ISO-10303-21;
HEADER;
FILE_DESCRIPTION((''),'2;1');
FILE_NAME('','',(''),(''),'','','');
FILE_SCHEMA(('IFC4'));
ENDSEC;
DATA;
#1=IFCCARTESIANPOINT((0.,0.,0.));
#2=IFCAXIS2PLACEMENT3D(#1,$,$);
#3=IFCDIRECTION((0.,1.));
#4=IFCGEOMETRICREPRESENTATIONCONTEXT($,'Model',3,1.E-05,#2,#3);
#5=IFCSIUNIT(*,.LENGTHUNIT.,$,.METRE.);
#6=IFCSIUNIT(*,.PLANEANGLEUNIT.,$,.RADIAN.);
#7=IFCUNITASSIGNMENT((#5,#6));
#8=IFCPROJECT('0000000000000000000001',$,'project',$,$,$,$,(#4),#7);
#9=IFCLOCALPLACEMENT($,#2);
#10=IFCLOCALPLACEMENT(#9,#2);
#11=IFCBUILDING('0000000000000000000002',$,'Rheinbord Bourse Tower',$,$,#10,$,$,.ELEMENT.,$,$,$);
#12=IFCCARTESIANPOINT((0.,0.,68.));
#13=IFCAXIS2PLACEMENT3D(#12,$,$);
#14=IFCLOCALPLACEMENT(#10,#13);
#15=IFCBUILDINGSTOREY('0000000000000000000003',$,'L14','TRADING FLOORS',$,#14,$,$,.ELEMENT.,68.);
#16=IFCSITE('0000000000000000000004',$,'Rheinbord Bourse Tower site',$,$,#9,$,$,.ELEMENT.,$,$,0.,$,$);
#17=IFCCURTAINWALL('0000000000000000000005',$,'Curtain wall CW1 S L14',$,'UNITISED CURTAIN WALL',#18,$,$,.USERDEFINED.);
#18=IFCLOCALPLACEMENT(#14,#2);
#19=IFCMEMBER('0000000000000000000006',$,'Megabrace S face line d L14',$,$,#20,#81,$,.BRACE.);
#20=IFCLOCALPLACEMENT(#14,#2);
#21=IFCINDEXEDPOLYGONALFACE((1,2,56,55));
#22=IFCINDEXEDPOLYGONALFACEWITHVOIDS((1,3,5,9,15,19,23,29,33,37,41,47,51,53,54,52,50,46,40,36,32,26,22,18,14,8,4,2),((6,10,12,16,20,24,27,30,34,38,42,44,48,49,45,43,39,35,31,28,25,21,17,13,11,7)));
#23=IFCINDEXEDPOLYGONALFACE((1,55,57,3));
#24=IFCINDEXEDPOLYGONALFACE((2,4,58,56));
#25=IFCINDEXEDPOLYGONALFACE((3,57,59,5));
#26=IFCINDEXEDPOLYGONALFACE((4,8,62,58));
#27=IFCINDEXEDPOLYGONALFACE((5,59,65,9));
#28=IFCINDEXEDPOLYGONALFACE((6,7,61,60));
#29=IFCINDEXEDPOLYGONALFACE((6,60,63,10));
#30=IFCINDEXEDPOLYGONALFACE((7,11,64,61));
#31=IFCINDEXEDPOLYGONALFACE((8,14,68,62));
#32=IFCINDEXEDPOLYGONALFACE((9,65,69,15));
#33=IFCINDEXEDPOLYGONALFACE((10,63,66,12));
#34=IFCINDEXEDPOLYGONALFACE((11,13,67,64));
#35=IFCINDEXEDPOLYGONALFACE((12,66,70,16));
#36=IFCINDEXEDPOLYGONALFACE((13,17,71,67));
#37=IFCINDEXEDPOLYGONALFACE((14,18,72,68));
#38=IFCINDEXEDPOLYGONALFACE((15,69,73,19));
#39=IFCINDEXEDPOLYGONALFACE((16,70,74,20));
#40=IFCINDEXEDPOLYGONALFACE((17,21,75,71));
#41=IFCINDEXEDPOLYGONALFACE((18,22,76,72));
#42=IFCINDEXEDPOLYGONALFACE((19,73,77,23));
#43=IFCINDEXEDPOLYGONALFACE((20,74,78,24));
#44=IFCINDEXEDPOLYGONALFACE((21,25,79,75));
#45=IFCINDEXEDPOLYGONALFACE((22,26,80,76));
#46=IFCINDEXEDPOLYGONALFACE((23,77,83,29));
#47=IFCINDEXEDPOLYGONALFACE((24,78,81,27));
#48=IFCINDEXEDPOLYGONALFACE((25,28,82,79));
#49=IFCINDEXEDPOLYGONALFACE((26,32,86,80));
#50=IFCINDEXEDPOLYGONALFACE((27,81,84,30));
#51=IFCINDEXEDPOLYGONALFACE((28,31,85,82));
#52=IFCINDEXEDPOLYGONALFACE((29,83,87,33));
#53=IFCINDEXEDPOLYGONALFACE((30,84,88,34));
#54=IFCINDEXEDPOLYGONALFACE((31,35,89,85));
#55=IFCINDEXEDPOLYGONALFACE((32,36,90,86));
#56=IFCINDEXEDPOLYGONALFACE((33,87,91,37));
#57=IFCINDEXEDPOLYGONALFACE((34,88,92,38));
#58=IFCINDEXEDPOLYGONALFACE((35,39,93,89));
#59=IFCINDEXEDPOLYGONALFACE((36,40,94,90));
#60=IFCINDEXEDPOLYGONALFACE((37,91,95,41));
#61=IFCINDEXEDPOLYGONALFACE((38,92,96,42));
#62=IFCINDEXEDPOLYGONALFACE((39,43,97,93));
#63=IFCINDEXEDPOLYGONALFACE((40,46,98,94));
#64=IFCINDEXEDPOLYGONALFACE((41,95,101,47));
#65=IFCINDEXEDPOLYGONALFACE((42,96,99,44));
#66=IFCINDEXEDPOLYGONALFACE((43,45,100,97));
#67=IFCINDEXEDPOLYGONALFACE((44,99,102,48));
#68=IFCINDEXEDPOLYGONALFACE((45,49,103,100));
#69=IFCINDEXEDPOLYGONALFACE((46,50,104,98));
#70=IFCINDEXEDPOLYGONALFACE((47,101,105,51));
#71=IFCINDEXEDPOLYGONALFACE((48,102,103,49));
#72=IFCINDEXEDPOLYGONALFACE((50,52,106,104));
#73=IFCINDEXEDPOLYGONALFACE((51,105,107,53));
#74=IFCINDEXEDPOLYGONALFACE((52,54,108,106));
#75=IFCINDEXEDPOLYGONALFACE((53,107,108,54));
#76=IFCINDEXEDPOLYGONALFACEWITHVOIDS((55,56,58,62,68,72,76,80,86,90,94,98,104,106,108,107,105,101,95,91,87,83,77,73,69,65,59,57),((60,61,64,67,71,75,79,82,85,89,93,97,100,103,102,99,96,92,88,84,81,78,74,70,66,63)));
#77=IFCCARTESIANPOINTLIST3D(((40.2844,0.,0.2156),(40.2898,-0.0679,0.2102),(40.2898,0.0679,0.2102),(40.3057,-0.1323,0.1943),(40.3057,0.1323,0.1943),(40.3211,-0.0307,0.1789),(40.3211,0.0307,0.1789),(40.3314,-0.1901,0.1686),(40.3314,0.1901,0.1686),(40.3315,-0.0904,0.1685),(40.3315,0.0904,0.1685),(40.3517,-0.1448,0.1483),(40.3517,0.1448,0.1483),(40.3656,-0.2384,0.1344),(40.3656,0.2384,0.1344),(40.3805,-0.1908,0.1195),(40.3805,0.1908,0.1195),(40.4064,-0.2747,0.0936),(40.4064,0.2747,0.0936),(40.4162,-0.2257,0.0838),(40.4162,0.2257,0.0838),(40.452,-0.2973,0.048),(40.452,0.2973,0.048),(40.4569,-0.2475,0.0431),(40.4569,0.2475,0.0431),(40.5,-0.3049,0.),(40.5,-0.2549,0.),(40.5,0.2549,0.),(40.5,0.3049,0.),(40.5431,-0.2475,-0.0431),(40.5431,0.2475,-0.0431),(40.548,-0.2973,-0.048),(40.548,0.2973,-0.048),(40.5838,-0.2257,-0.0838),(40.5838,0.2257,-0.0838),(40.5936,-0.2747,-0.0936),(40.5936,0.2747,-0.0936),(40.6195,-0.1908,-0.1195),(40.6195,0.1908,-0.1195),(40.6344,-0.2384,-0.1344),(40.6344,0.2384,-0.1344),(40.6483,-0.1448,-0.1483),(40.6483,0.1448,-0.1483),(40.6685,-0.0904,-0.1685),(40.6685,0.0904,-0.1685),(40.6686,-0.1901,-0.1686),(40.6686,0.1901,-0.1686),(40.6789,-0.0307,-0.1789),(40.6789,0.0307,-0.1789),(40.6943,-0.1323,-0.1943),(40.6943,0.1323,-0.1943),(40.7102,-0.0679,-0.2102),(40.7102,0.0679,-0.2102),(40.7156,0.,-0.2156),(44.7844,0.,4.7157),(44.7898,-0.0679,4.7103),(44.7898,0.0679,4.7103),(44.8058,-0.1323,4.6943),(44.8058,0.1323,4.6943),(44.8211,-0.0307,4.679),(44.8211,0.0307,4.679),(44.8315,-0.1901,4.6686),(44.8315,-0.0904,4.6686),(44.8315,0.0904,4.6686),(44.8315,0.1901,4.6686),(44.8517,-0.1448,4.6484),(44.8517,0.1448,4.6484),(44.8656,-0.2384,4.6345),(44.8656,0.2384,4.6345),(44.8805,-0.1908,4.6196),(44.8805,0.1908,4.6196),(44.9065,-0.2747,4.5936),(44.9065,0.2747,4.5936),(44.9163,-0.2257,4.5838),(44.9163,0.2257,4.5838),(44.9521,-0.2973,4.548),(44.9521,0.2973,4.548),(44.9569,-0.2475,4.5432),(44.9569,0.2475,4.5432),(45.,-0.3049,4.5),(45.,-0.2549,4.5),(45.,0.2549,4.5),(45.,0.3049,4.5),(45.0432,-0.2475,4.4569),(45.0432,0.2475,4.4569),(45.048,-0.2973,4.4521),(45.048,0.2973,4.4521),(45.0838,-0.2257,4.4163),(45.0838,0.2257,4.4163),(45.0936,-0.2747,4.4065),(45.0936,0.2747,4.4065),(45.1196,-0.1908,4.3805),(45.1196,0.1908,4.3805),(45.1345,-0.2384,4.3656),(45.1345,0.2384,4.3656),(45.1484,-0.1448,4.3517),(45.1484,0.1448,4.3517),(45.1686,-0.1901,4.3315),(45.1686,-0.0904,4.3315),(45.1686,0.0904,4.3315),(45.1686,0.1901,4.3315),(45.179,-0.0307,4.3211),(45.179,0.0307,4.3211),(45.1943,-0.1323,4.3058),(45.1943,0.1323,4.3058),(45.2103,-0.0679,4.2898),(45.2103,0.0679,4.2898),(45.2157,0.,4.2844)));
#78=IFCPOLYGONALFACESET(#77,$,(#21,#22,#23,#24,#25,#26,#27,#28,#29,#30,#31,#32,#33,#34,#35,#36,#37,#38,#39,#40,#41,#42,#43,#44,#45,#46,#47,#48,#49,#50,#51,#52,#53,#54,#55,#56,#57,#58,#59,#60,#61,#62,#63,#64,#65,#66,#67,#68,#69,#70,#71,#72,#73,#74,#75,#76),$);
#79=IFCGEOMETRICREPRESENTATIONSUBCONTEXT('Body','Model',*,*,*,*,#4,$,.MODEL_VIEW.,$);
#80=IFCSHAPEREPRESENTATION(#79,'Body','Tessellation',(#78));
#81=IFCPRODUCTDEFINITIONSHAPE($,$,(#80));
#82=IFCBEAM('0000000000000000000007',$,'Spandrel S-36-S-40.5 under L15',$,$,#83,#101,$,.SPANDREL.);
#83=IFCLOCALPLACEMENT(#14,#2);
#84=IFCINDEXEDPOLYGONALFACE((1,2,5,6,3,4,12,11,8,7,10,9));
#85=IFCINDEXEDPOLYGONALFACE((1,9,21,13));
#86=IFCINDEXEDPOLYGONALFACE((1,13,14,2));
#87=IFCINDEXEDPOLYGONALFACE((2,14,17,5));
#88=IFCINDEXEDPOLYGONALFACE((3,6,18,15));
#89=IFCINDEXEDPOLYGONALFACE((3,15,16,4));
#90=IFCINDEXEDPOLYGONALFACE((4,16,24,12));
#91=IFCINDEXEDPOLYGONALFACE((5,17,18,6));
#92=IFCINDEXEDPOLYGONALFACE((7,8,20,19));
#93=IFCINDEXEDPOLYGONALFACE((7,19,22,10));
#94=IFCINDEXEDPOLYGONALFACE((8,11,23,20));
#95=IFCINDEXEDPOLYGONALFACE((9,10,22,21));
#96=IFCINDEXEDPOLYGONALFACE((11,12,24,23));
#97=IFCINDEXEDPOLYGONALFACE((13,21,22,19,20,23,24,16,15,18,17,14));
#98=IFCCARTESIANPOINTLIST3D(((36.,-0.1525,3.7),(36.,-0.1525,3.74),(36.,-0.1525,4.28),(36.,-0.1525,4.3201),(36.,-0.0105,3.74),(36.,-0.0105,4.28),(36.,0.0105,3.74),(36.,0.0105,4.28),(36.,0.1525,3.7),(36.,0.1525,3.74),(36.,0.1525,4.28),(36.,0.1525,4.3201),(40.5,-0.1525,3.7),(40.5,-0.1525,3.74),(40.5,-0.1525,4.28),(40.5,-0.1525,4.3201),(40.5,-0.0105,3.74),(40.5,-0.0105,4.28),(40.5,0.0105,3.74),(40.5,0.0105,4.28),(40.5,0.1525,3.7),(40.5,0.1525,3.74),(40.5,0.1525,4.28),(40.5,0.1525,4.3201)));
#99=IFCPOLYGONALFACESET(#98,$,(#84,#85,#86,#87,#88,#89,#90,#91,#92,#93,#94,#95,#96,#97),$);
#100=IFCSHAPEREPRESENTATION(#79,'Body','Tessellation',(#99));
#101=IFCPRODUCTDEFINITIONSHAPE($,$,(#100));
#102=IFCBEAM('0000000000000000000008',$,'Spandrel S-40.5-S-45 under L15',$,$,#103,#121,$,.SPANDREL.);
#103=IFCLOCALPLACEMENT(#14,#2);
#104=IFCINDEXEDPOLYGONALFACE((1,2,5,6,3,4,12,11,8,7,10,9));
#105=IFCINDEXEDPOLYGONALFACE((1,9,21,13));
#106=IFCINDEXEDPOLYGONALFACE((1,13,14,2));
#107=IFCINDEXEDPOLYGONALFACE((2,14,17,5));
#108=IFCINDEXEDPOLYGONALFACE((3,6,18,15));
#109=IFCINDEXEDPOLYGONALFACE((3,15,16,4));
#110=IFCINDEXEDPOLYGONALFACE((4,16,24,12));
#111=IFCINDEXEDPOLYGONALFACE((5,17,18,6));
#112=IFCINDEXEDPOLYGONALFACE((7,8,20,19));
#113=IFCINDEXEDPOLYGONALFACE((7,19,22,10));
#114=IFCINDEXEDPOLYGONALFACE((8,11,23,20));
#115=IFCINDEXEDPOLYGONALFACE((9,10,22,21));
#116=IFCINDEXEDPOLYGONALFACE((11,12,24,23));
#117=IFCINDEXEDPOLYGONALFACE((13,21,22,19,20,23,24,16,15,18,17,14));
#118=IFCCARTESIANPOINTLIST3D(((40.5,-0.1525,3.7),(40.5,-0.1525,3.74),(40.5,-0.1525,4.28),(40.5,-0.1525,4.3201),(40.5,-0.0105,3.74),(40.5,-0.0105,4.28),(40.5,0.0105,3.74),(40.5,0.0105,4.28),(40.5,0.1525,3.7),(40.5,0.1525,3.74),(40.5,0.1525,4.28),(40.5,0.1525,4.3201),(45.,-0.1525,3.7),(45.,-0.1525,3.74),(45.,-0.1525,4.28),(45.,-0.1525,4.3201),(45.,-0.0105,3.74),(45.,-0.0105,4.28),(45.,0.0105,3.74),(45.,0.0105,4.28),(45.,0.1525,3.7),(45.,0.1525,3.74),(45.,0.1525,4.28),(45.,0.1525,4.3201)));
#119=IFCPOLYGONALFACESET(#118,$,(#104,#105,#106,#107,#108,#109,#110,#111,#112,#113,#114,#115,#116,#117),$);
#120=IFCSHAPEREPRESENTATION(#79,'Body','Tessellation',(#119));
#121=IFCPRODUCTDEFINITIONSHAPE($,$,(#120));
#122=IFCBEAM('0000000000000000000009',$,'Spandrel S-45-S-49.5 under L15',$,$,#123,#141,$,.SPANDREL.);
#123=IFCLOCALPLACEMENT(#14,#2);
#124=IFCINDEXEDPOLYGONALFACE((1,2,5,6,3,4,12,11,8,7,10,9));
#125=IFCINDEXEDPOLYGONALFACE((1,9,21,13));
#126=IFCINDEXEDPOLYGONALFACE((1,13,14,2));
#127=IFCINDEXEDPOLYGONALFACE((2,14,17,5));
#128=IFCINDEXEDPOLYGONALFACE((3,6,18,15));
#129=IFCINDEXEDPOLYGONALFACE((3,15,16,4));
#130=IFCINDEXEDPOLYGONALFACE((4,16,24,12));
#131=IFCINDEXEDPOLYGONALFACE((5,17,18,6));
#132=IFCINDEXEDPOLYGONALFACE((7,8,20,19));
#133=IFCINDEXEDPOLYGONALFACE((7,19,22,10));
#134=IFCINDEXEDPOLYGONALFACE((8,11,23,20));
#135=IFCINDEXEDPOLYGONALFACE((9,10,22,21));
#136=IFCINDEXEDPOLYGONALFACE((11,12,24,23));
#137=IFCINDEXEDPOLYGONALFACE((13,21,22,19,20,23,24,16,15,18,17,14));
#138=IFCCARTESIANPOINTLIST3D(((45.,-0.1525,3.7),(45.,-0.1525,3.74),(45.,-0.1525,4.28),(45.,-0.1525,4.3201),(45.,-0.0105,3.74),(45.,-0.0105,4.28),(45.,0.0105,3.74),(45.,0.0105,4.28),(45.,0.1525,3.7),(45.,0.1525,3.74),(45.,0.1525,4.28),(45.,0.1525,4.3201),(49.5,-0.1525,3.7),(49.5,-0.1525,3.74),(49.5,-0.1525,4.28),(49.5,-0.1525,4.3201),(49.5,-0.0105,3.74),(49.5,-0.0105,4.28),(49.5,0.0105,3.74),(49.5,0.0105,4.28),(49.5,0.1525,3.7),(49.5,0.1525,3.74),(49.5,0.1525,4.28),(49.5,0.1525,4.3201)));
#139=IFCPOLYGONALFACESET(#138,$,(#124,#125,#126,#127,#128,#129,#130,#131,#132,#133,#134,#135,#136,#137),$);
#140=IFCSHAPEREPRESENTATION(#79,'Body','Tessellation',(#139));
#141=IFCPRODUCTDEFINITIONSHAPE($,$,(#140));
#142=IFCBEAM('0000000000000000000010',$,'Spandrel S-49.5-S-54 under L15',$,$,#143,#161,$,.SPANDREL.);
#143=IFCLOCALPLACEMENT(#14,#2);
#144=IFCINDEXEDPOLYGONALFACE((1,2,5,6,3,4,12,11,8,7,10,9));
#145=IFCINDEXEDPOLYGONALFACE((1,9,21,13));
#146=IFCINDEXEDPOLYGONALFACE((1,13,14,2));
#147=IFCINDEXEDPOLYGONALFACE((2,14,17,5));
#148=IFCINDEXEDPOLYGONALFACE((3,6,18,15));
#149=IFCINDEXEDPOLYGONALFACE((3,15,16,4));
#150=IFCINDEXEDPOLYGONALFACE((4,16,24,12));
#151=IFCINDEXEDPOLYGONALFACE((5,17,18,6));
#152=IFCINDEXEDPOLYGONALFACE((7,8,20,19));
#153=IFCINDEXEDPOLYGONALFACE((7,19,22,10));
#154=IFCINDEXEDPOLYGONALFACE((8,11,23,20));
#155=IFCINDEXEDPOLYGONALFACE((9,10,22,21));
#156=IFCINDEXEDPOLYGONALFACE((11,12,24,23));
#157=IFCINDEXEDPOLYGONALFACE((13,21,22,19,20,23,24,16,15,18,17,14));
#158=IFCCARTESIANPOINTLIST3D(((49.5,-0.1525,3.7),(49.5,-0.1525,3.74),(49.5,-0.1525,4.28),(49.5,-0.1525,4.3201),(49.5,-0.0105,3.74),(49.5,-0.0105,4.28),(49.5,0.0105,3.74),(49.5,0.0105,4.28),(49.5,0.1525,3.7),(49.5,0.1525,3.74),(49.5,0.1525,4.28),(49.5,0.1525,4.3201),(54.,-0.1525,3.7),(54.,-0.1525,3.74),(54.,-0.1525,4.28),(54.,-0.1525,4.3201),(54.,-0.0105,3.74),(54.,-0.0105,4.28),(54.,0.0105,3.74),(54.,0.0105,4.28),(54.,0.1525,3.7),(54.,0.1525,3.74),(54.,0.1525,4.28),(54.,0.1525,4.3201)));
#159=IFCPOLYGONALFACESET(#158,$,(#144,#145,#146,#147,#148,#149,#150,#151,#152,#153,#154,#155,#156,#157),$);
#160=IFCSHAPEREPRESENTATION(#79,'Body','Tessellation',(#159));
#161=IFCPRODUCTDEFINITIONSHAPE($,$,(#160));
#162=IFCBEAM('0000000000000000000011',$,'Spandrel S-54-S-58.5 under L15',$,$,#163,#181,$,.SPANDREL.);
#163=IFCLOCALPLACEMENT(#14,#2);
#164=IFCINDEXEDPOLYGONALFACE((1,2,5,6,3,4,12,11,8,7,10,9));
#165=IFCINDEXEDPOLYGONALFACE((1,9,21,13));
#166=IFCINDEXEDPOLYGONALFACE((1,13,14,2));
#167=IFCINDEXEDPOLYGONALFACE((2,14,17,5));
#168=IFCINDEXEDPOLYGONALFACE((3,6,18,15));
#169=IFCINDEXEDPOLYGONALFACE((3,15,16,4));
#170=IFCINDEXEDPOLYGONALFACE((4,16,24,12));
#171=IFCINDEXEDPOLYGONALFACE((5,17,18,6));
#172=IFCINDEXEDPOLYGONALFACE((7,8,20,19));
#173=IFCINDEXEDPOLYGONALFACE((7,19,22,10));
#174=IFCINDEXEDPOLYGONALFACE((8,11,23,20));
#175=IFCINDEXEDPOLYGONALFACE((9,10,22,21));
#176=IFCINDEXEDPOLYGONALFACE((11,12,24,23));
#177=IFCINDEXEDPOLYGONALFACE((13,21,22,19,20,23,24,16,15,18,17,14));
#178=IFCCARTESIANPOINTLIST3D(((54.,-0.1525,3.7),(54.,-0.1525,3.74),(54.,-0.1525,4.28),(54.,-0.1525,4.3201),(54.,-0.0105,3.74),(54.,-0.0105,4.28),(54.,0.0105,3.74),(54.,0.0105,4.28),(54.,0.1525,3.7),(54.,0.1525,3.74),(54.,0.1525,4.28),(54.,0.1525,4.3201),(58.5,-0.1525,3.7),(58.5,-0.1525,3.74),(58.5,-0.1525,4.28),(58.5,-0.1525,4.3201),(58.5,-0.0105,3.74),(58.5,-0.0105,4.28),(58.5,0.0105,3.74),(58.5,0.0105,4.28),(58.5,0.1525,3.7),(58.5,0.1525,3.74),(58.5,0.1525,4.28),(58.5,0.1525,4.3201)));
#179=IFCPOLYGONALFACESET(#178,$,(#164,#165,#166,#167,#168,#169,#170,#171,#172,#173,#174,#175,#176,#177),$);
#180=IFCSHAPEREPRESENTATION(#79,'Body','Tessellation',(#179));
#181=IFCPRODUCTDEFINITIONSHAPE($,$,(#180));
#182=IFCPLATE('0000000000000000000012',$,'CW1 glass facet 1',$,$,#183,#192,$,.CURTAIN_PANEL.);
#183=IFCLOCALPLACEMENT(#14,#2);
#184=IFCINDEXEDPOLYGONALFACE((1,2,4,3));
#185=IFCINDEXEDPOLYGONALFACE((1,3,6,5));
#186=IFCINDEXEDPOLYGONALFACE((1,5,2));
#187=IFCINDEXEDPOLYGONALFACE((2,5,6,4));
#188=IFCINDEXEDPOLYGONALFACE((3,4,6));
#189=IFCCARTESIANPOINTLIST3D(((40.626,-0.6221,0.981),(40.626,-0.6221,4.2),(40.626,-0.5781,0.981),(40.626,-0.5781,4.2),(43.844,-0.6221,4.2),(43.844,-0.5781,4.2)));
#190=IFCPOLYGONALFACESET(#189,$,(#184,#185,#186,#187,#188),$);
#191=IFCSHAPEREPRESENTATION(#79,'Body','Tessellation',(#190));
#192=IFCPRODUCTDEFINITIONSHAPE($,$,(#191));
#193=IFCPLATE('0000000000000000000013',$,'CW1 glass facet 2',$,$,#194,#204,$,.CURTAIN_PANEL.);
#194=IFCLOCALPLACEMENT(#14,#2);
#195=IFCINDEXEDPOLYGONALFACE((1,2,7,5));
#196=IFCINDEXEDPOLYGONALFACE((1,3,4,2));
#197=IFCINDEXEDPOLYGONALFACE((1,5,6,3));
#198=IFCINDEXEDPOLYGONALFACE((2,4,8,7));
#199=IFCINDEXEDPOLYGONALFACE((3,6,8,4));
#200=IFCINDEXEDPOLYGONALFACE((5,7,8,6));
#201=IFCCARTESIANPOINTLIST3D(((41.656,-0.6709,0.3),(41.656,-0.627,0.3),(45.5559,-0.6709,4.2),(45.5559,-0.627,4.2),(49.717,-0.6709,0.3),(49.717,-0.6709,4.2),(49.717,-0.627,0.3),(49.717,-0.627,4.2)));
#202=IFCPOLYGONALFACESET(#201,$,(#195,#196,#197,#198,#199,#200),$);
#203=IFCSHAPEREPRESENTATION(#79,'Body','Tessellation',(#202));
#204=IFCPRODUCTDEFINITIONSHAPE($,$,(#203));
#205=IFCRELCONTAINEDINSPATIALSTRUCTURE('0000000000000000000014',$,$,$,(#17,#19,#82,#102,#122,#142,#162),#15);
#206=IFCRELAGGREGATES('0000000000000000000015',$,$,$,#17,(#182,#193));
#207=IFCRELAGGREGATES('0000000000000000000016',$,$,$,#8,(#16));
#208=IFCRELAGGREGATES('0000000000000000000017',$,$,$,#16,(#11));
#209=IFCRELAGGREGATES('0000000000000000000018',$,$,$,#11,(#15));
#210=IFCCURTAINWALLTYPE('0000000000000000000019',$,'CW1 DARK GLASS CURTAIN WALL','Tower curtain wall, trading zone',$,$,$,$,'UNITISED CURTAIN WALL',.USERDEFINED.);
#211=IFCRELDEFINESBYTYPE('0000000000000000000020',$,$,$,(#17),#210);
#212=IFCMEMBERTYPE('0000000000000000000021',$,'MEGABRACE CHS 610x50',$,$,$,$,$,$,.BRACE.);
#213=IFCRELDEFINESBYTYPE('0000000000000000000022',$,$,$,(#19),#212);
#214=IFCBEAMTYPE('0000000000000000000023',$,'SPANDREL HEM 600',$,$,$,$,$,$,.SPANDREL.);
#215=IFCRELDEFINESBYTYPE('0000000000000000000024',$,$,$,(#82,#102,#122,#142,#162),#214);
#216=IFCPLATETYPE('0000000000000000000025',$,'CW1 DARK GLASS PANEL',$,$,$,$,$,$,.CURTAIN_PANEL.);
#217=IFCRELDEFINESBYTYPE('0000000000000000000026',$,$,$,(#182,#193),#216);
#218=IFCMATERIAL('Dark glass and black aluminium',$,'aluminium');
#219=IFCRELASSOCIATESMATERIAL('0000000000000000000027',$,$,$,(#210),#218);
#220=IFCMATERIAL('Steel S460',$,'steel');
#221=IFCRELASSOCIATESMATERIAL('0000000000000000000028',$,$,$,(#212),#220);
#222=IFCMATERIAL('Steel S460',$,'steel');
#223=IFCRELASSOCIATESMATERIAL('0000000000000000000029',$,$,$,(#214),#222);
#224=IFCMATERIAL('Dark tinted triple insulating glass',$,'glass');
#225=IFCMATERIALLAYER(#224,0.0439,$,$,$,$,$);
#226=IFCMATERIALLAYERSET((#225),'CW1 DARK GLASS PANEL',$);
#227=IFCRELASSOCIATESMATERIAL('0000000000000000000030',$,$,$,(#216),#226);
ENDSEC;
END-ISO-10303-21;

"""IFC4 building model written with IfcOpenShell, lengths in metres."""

from ifc_helpers import new_model, si_unit, direction, frame, origin, origin_2d, place, context, subcontext, project, spatial, polyline, hollow_circle, i_section, outline, extrude, material, layer, layer_set, material_profile, profile_set, type_object, element, aggregate, save


model = new_model("IFC4")

# Units and contexts
model_context = context("Model", 3, precision=1e-05, world=origin(), true_north=direction((0.0, 1.0)))
body_context = subcontext(model_context, "Body", "Model", "MODEL_VIEW")
ifc_project = project(units=[si_unit("LENGTHUNIT", "METRE"), si_unit("PLANEANGLEUNIT", "RADIAN")], contexts=[model_context])

# Site, building, storey
site_placement = place(None, origin())
site = spatial("IfcSite", under=ifc_project, at=site_placement, Name="Rheinbord Bourse Tower site", CompositionType="ELEMENT", RefElevation=0.0)
building_placement = place(site_placement, origin())
building = spatial("IfcBuilding", under=site, at=building_placement, Name="Rheinbord Bourse Tower", CompositionType="ELEMENT")
storey_placement = place(building_placement, frame((0.0, 0.0, 68.0)))
storey = spatial("IfcBuildingStorey", under=building, at=storey_placement, Name="L14", Description="TRADING FLOORS", CompositionType="ELEMENT", Elevation=68.0)

# Curtain wall
ifc_material_1 = material(Name="Dark glass and black aluminium", Category="aluminium")
curtain_wall_type = type_object("IfcCurtainWallType", Name="CW1 DARK GLASS CURTAIN WALL", Description="Tower curtain wall, trading zone", ElementType="UNITISED CURTAIN WALL", PredefinedType="USERDEFINED", material=ifc_material_1)
curtain_wall_placement = place(storey_placement, origin())
curtain_wall = element("IfcCurtainWall", 1, at=curtain_wall_placement, inside=storey, type_object=curtain_wall_type, Name="Curtain wall CW1 S L14", ObjectType="UNITISED CURTAIN WALL", PredefinedType="USERDEFINED")

# Member
ifc_material_2 = material(Name="Steel S460", Category="steel")
ifc_material_profile_1 = material_profile(ifc_material_2, hollow_circle(Radius=0.3049, WallThickness=0.05, at=origin_2d()), Name="CHS 610x50")
ifc_profile_set_1 = profile_set([ifc_material_profile_1], Name="Steel S460")
member_type_1 = type_object("IfcMemberType", Name="MEGABRACE CHS 610x50", PredefinedType="BRACE", material=ifc_profile_set_1)
member_1_placement = place(storey_placement, frame((40.5, 0.0, 0.0), z_axis=(0.707107, 0.0, 0.707107), x_axis=(0.0, 1.0, 0.0)))
element("IfcMember", 2, at=member_1_placement, inside=storey, type_object=member_type_1, Name="Megabrace S face line d L14", PredefinedType="BRACE", context=body_context, shape_type="SweptSolid", body=[
    extrude(hollow_circle(Radius=0.3049, WallThickness=0.05, at=origin_2d()), origin(), (0.0, 0.0, 1.0), 6.364),
])

# Beams
ifc_material_3 = material(Name="Steel S460", Category="steel")
ifc_material_profile_2 = material_profile(ifc_material_3, i_section(OverallWidth=0.3049, OverallDepth=0.6201, WebThickness=0.021, FlangeThickness=0.04, at=origin_2d()), Name="HEM 600")
ifc_profile_set_2 = profile_set([ifc_material_profile_2], Name="Steel S460")
beam_type_1 = type_object("IfcBeamType", Name="SPANDREL HEM 600", PredefinedType="SPANDREL", material=ifc_profile_set_2)
for number, where, z_axis, x_axis, name in (
    (3, (36.0, 0.0, 4.01), (1.0, 0.0, 0.0), (0.0, 1.0, 0.0), "Spandrel S-36-S-40.5 under L15"),
    (4, (40.5, 0.0, 4.01), (1.0, 0.0, 0.0), (0.0, 1.0, 0.0), "Spandrel S-40.5-S-45 under L15"),
    (5, (45.0, 0.0, 4.01), (1.0, 0.0, 0.0), (0.0, 1.0, 0.0), "Spandrel S-45-S-49.5 under L15"),
    (6, (49.5, 0.0, 4.01), (1.0, 0.0, 0.0), (0.0, 1.0, 0.0), "Spandrel S-49.5-S-54 under L15"),
    (7, (54.0, 0.0, 4.01), (1.0, 0.0, 0.0), (0.0, 1.0, 0.0), "Spandrel S-54-S-58.5 under L15"),
):
    element("IfcBeam", number, at=place(storey_placement, frame(where, z_axis=z_axis, x_axis=x_axis)), inside=storey, type_object=beam_type_1, Name=name, PredefinedType="SPANDREL", context=body_context, shape_type="SweptSolid", body=[
        extrude(i_section(OverallWidth=0.3049, OverallDepth=0.6201, WebThickness=0.021, FlangeThickness=0.04, at=origin_2d()), origin(), (0.0, 0.0, 1.0), 4.5),
    ])

# Plates
ifc_material_4 = material(Name="Dark tinted triple insulating glass", Category="glass")
ifc_layer_1 = layer(ifc_material_4, 0.0439)
ifc_layer_set_1 = layer_set([ifc_layer_1], Name="CW1 DARK GLASS PANEL")
plate_type = type_object("IfcPlateType", Name="CW1 DARK GLASS PANEL", PredefinedType="CURTAIN_PANEL", material=ifc_layer_set_1)
plate_1_placement = place(storey_placement, frame((40.626, -0.6221, 4.2), z_axis=(0.0, 1.0, 0.0), x_axis=(1.0, 0.0, 0.0)))
plate_1 = element("IfcPlate", 8, at=plate_1_placement, type_object=plate_type, Name="CW1 glass facet 1", PredefinedType="CURTAIN_PANEL", context=body_context, shape_type="SweptSolid", body=[
    extrude(outline(polyline([(0.0, 0.0), (3.218, 0.0), (0.0, 3.219), (0.0, 0.0)])), origin(), (0.0, 0.0, 1.0), 0.0439),
])
plate_2_placement = place(storey_placement, frame((49.717, -0.6709, 4.2), z_axis=(0.0, 1.0, 0.0), x_axis=(0.0, 0.0, -1.0)))
plate_2 = element("IfcPlate", 9, at=plate_2_placement, type_object=plate_type, Name="CW1 glass facet 2", PredefinedType="CURTAIN_PANEL", context=body_context, shape_type="SweptSolid", body=[
    extrude(outline(polyline([(0.0, 0.0), (3.8999, 0.0), (3.8999, 8.061), (0.0, 4.1611), (0.0, 0.0)])), origin(), (0.0, 0.0, 1.0), 0.0439),
])
aggregate(curtain_wall, [plate_1, plate_2])

save(model, "model.ifc")
